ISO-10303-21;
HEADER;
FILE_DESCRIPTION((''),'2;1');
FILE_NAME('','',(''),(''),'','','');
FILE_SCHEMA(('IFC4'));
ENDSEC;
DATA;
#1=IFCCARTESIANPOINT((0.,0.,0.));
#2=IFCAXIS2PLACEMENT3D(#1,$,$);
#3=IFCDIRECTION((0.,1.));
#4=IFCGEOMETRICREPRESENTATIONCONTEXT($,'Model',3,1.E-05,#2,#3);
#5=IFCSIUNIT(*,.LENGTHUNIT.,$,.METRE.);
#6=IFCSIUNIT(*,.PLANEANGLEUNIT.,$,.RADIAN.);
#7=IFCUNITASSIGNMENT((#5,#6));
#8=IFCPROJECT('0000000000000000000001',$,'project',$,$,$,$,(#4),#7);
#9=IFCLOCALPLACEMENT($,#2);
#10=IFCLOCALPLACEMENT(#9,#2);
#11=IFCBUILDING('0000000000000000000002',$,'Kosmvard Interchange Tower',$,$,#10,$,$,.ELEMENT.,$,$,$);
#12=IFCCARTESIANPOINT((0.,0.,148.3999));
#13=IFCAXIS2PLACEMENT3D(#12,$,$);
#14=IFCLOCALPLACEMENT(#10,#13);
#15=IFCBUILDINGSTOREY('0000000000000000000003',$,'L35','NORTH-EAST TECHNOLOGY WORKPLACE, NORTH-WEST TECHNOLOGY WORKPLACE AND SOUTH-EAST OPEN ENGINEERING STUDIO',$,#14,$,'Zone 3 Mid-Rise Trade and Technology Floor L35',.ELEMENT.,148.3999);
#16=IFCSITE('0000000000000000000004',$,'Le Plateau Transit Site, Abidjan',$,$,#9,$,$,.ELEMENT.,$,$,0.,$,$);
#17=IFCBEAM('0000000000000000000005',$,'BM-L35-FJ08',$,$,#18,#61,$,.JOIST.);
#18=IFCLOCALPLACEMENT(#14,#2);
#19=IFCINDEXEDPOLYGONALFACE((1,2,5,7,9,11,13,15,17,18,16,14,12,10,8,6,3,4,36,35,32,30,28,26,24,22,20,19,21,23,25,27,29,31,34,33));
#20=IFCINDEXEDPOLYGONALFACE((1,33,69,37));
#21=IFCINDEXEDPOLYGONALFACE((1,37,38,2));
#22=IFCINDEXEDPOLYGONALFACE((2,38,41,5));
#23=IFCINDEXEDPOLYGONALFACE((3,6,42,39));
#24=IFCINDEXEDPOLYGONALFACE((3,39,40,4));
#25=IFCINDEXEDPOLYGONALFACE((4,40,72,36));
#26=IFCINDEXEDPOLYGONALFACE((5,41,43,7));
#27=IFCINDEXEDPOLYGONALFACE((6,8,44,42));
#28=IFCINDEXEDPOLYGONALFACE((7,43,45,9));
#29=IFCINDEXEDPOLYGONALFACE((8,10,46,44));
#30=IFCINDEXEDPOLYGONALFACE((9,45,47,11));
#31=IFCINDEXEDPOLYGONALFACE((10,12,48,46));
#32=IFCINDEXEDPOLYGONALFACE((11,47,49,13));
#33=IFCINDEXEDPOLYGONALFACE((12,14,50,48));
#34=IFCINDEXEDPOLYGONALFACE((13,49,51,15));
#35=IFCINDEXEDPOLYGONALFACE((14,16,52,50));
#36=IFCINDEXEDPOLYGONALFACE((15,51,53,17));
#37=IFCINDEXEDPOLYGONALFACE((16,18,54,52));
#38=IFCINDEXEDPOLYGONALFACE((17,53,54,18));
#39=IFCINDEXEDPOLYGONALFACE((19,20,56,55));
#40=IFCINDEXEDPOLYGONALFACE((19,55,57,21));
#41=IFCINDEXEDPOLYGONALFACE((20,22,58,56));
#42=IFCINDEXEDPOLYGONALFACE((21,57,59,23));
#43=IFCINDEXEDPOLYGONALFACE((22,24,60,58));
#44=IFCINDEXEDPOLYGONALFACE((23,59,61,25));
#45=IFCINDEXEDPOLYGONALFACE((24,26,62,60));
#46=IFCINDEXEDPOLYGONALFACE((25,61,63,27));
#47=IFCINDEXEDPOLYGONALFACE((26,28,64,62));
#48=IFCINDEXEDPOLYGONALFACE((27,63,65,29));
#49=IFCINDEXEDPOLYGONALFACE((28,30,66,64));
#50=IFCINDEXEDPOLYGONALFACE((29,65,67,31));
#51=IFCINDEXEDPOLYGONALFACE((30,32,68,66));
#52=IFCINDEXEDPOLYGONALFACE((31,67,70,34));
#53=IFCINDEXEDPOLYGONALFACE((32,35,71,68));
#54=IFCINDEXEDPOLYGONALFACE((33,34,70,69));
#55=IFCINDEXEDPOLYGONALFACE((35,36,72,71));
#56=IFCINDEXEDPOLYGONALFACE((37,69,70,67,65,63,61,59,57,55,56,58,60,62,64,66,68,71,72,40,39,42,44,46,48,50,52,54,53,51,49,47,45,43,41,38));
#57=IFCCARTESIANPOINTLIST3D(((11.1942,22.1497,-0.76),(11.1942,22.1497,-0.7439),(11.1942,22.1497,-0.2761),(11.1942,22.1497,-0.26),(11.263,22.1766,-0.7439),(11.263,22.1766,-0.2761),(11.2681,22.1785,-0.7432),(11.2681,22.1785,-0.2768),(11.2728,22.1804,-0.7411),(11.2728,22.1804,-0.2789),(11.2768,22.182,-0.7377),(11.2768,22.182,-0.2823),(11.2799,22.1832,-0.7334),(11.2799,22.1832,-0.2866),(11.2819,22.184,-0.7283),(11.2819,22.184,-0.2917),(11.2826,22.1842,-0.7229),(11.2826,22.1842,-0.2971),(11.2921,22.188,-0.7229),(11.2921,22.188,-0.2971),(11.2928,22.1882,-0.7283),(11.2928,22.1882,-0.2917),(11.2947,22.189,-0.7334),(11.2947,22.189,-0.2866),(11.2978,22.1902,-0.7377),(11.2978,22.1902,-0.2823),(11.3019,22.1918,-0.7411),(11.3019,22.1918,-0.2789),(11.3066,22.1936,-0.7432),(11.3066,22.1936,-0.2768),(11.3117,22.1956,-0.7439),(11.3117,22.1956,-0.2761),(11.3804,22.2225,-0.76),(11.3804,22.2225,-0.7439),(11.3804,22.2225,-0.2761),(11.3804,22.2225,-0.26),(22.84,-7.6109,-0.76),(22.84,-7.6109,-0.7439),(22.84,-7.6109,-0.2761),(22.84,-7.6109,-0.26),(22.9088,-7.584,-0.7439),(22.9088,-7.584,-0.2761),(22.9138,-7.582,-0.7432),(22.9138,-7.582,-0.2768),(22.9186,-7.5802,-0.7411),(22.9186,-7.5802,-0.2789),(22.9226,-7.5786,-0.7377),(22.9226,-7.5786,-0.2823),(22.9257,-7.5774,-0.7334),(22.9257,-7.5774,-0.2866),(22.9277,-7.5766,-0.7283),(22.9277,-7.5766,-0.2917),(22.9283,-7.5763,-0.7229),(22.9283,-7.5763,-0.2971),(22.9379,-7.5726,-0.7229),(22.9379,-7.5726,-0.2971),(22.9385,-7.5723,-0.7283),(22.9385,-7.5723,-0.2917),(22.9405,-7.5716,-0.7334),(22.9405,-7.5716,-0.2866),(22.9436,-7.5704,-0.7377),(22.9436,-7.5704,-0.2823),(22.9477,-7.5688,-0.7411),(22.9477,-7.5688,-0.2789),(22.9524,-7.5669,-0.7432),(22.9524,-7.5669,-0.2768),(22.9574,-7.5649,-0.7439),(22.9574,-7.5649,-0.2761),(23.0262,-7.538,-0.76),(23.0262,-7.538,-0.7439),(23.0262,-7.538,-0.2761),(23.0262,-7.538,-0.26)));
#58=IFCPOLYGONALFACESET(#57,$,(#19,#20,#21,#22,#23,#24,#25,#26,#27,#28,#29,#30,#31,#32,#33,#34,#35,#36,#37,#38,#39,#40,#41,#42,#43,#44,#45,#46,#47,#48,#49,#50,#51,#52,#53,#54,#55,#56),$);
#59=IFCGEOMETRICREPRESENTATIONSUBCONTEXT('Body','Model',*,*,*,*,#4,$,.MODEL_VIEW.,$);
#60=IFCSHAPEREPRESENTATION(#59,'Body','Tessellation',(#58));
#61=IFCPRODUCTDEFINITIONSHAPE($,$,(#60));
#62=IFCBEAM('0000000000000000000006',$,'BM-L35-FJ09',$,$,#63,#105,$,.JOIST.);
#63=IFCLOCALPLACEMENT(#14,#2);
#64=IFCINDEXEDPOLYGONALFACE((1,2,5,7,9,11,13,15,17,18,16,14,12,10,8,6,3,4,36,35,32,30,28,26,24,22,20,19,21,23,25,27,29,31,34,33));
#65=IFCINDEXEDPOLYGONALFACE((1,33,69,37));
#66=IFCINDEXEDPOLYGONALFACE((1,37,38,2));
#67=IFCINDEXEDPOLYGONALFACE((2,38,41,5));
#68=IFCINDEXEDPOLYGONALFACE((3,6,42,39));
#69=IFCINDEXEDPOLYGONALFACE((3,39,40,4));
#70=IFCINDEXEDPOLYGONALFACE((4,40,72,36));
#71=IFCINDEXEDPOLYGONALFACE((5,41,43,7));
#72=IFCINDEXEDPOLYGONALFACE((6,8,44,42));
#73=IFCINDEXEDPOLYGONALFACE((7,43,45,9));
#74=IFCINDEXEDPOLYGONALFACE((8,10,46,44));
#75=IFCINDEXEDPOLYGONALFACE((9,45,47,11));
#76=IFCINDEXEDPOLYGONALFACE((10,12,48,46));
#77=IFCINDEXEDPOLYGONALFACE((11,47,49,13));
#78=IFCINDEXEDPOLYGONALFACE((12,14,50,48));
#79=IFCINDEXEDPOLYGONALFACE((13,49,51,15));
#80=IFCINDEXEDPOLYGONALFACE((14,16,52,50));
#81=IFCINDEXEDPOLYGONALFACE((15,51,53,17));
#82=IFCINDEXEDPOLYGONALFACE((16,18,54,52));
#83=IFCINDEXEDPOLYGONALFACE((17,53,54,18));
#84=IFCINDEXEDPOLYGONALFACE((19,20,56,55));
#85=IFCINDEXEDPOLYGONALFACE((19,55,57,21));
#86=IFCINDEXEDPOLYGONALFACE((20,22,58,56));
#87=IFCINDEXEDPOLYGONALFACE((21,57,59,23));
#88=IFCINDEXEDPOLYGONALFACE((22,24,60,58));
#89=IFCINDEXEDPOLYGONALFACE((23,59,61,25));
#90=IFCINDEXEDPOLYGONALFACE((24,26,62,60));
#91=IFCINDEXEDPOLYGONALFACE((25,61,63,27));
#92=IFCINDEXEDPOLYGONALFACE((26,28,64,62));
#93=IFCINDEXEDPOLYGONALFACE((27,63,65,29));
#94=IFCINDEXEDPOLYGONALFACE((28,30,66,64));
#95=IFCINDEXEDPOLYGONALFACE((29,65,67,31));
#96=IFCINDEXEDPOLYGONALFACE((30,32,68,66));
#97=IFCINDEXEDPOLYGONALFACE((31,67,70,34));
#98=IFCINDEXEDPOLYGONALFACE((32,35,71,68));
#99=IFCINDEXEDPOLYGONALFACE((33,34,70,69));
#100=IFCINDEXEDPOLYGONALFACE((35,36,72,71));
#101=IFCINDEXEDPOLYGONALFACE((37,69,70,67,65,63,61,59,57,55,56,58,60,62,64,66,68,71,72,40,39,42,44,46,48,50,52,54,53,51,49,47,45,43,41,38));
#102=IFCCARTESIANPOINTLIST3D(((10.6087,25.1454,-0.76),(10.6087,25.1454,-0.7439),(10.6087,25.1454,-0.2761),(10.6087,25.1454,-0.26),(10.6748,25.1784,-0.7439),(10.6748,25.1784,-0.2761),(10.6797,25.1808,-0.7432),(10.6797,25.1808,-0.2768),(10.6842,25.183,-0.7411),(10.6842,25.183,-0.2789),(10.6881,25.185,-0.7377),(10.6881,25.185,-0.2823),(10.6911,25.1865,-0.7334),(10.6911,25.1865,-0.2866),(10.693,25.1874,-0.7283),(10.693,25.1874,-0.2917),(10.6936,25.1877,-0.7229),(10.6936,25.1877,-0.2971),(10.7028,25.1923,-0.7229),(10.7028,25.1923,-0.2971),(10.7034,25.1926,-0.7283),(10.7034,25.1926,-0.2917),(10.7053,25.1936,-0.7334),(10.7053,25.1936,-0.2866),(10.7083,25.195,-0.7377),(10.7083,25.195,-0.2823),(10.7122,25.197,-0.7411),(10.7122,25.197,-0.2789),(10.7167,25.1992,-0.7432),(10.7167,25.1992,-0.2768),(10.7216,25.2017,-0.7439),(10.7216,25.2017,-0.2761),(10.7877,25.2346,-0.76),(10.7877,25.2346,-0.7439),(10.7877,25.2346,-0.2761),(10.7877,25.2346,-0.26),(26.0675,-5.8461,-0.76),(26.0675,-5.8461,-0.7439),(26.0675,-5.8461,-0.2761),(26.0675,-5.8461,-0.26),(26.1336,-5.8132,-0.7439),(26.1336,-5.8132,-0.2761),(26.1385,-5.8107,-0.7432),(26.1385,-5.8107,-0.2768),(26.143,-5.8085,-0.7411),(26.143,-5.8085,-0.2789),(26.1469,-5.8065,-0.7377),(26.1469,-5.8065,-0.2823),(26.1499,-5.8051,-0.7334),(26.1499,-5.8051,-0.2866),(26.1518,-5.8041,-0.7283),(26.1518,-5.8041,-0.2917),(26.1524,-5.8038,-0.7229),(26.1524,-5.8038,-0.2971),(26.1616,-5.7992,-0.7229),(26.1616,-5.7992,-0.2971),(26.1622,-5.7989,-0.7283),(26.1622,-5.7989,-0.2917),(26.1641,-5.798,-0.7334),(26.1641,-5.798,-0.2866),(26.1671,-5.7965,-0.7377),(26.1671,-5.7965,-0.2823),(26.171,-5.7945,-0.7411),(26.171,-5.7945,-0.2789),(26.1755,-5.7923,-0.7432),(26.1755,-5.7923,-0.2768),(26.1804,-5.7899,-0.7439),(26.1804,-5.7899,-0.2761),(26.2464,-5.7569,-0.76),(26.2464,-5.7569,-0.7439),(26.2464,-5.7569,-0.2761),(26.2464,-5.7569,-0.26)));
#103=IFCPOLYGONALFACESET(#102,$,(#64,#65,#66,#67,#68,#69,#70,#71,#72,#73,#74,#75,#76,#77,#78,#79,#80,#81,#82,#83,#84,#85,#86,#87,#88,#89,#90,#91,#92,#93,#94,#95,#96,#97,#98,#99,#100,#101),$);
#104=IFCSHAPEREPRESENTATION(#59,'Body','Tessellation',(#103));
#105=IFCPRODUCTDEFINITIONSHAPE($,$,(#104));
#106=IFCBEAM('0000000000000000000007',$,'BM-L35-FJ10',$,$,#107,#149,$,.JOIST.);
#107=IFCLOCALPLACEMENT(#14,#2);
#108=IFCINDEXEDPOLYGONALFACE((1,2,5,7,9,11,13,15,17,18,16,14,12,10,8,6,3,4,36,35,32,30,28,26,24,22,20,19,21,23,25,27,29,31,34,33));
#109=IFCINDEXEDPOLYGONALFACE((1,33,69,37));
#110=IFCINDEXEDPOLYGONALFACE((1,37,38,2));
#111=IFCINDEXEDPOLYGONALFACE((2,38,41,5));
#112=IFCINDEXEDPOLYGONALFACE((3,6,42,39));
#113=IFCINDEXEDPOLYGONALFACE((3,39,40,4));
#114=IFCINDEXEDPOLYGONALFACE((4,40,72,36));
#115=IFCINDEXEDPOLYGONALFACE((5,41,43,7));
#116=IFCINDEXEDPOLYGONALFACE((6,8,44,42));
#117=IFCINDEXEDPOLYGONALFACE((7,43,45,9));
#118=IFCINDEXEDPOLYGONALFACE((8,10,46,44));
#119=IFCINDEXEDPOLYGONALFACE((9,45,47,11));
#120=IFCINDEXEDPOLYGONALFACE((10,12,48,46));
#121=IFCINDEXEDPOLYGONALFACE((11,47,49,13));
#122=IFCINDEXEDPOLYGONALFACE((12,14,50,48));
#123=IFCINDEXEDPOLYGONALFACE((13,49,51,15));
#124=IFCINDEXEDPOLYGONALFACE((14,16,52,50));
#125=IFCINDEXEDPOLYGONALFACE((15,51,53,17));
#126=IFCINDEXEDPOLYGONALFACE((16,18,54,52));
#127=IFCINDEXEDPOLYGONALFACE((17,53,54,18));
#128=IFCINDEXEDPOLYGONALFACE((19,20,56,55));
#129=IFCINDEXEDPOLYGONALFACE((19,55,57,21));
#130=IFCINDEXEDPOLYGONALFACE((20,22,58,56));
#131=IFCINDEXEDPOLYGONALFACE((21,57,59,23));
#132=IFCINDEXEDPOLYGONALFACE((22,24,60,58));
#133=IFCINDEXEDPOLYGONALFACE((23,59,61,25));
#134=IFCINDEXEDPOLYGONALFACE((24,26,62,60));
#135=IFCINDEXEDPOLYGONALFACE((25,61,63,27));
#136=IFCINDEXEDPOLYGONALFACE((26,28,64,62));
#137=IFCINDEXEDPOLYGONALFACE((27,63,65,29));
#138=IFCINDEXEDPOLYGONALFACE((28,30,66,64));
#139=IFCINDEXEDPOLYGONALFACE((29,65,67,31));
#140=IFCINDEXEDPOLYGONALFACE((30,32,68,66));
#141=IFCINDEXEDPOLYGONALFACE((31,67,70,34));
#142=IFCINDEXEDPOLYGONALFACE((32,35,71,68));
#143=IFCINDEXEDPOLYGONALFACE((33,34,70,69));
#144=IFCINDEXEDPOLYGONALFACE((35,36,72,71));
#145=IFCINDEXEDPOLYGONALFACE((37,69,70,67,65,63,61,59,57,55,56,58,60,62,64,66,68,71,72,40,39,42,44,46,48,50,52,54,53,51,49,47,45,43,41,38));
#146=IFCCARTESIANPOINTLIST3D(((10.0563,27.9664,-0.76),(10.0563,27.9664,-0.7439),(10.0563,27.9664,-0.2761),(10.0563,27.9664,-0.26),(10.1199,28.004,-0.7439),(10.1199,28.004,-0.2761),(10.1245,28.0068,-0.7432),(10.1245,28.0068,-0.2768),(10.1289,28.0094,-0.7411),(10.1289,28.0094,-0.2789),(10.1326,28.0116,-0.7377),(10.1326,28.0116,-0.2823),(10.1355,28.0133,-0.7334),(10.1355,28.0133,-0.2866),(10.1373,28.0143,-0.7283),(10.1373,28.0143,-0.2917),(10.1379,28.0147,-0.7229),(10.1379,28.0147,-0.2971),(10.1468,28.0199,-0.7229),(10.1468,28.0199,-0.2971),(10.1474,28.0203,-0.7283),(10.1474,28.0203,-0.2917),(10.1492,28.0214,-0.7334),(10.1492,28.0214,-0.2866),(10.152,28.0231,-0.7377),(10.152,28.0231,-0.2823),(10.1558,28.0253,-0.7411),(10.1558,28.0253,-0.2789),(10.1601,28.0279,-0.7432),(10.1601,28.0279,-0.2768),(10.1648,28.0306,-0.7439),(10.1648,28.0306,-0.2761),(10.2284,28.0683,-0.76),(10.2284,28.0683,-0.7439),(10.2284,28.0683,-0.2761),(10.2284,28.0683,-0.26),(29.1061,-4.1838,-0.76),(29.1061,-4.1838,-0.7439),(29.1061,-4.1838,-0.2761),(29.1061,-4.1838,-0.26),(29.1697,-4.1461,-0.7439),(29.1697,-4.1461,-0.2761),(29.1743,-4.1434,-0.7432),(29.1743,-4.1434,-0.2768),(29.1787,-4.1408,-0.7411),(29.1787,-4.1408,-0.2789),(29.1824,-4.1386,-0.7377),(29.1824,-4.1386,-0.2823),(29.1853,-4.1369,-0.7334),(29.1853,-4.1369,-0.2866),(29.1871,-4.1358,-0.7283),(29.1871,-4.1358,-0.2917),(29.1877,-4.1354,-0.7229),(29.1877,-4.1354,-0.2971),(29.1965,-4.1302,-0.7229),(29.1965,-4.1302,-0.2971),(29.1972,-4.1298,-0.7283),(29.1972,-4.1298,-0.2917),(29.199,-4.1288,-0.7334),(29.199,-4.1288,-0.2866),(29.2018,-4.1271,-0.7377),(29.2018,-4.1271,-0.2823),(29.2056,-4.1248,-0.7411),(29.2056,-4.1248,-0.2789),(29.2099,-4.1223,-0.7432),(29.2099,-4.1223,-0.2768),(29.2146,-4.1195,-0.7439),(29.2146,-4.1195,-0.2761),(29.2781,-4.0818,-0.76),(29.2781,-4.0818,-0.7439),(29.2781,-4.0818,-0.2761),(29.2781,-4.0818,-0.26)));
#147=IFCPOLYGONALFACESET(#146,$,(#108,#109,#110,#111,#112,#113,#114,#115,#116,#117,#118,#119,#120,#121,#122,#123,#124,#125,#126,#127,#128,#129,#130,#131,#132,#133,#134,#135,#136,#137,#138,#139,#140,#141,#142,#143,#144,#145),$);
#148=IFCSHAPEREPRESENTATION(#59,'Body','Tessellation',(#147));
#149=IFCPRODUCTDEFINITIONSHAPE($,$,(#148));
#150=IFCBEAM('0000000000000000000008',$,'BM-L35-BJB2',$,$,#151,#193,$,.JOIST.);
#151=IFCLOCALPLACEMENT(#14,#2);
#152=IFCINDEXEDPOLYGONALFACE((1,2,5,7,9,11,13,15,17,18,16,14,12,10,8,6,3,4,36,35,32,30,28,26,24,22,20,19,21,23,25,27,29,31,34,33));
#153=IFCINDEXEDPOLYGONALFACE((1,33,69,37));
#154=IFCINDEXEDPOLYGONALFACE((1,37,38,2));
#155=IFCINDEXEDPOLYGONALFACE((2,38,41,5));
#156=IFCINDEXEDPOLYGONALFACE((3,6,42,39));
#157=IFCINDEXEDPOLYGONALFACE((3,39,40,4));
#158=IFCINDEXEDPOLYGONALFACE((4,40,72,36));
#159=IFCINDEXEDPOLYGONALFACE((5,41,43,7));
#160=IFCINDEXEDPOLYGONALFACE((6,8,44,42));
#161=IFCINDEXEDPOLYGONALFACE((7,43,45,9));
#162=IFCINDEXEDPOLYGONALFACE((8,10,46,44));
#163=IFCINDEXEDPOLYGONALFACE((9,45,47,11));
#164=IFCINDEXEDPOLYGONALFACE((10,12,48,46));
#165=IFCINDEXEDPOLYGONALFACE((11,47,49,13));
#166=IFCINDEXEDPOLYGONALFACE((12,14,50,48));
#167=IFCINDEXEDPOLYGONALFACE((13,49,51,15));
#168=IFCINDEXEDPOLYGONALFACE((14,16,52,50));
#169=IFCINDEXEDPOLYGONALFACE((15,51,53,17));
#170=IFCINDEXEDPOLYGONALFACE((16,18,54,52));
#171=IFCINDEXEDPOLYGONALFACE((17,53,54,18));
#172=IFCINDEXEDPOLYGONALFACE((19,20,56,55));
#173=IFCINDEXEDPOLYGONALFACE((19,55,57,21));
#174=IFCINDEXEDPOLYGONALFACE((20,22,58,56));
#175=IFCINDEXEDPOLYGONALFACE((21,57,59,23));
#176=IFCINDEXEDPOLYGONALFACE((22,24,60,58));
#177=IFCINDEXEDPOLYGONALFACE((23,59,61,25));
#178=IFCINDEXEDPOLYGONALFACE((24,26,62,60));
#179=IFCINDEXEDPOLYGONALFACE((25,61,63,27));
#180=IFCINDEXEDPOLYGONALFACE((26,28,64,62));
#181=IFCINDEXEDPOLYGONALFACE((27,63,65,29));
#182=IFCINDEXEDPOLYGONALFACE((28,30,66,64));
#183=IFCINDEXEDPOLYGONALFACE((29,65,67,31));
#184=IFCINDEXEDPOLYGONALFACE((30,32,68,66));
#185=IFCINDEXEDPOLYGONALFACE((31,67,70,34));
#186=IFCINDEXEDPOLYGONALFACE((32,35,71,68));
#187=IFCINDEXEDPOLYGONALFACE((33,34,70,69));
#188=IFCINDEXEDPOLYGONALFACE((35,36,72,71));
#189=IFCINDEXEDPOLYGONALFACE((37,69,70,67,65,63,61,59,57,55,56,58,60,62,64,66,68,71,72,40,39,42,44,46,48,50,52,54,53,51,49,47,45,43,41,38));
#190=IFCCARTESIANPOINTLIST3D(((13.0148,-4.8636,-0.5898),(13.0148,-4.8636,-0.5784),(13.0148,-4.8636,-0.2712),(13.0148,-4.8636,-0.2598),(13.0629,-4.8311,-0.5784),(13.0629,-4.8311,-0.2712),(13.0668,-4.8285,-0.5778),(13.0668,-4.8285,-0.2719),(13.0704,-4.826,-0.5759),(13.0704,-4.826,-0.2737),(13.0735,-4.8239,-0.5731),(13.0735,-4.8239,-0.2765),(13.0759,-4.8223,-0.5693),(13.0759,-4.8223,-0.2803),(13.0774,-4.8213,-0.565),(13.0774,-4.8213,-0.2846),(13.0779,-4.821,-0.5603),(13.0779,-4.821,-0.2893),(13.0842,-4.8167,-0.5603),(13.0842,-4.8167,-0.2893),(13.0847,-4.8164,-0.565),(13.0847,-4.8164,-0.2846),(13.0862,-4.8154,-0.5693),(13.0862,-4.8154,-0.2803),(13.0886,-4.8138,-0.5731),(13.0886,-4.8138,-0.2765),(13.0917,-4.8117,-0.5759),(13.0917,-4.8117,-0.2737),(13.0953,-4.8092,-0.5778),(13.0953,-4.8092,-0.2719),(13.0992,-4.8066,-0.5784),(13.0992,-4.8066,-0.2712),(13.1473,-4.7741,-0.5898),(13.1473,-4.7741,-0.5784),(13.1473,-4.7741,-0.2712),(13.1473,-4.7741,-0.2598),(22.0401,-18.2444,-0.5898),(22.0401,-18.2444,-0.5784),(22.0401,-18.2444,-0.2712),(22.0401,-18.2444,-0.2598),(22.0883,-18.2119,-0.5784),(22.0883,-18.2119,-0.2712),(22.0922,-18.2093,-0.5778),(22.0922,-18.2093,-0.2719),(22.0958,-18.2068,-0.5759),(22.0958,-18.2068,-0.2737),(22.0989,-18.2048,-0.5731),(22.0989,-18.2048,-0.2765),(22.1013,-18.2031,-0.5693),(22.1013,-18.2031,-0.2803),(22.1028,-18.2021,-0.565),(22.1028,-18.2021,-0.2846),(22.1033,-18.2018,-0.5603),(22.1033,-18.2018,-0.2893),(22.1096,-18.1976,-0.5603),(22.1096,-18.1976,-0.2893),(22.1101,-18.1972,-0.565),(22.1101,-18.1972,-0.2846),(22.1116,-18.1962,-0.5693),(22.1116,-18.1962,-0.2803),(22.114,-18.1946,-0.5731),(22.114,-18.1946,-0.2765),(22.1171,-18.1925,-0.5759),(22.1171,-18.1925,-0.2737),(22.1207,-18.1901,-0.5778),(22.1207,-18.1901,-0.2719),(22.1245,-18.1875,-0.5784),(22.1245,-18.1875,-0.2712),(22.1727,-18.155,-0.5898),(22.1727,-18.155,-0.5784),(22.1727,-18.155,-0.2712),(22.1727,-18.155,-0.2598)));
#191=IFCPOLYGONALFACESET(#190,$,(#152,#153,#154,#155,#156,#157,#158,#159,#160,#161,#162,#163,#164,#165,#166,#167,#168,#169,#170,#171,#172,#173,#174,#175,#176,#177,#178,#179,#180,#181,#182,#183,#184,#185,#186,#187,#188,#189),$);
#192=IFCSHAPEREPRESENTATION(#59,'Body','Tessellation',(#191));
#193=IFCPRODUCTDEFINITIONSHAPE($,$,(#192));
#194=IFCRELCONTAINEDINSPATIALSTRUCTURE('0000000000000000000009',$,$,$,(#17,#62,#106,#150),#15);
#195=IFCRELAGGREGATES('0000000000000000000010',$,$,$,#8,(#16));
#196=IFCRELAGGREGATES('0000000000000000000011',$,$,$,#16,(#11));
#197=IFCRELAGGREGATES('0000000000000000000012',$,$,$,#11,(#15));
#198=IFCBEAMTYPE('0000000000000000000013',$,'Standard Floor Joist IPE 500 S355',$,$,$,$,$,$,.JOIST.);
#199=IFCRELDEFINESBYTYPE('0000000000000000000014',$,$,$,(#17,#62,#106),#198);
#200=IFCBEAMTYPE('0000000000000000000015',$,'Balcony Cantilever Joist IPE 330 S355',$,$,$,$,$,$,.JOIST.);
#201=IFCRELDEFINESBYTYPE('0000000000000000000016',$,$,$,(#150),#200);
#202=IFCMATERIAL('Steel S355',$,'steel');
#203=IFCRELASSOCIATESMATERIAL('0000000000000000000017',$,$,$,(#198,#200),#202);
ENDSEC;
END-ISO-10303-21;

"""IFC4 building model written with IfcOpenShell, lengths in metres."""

from ifc_helpers import new_model, si_unit, direction, frame, origin, origin_2d, place, context, subcontext, project, spatial, i_section, extrude, source, transform, mapped, material, material_profile, profile_set, type_object, element, save


model = new_model("IFC4")

# Units and contexts
model_context = context("Model", 3, precision=1e-05, world=origin(), true_north=direction((0.0, 1.0)))
body_context = subcontext(model_context, "Body", "Model", "MODEL_VIEW")
ifc_project = project(units=[si_unit("LENGTHUNIT", "METRE"), si_unit("PLANEANGLEUNIT", "RADIAN")], contexts=[model_context])

# Site, building, storey
site_placement = place(None, origin())
site = spatial("IfcSite", under=ifc_project, at=site_placement, Name="Le Plateau Transit Site, Abidjan", CompositionType="ELEMENT", RefElevation=0.0)
building_placement = place(site_placement, origin())
building = spatial("IfcBuilding", under=site, at=building_placement, Name="Kosmvard Interchange Tower", CompositionType="ELEMENT")
storey_placement = place(building_placement, frame((0.0, 0.0, 148.3999)))
storey = spatial("IfcBuildingStorey", under=building, at=storey_placement, Name="L35", Description="NORTH-EAST TECHNOLOGY WORKPLACE, NORTH-WEST TECHNOLOGY WORKPLACE AND SOUTH-EAST OPEN ENGINEERING STUDIO", LongName="Zone 3 Mid-Rise Trade and Technology Floor L35", CompositionType="ELEMENT", Elevation=148.3999)

# Beams
ifc_material_1 = material(Name="Steel S355", Category="steel")
ifc_material_profile_1 = material_profile(ifc_material_1, i_section(OverallWidth=0.2, OverallDepth=0.5, WebThickness=0.0103, FlangeThickness=0.0161, FilletRadius=0.021, at=origin_2d()), Name="IPE 500")
ifc_profile_set_1 = profile_set([ifc_material_profile_1], Name="Steel S355")
beam_type_1 = type_object("IfcBeamType", Name="Standard Floor Joist IPE 500 S355", PredefinedType="JOIST", material=ifc_profile_set_1)
shared_shape_1 = source(origin(), body_context, "Body", "SweptSolid", [
    extrude(i_section(OverallWidth=0.2, OverallDepth=0.5, WebThickness=0.0103, FlangeThickness=0.0161, FilletRadius=0.021, at=origin_2d()), origin(), (0.0, 0.0, 1.0), 31.958),
])
beam_1_placement = place(storey_placement, frame((22.9331, -7.5745, -0.51), z_axis=(-0.364409, 0.931239, 0.0), x_axis=(-0.931239, -0.364409, 0.0)))
element("IfcBeam", 1, at=beam_1_placement, inside=storey, type_object=beam_type_1, Name="BM-L35-FJ08", PredefinedType="JOIST", context=body_context, shape_type="MappedRepresentation", body=[
    mapped(shared_shape_1, transform((0.0, 0.0, 0.0), scale=1.0)),
])
shared_shape_2 = source(origin(), body_context, "Body", "SweptSolid", [
    extrude(i_section(OverallWidth=0.2, OverallDepth=0.5, WebThickness=0.0103, FlangeThickness=0.0161, FilletRadius=0.021, at=origin_2d()), origin(), (0.0, 0.0, 1.0), 34.6331),
])
beam_2_placement = place(storey_placement, frame((26.157, -5.8015, -0.51), z_axis=(-0.446359, 0.894854, 0.0), x_axis=(-0.894854, -0.446359, 0.0)))
element("IfcBeam", 2, at=beam_2_placement, inside=storey, type_object=beam_type_1, Name="BM-L35-FJ09", PredefinedType="JOIST", context=body_context, shape_type="MappedRepresentation", body=[
    mapped(shared_shape_2, transform((0.0, 0.0, 0.0), scale=1.0)),
])
shared_shape_3 = source(origin(), body_context, "Body", "SweptSolid", [
    extrude(i_section(OverallWidth=0.2, OverallDepth=0.5, WebThickness=0.0103, FlangeThickness=0.0161, FilletRadius=0.021, at=origin_2d()), origin(), (0.0, 0.0, 1.0), 37.3701),
])
beam_3_placement = place(storey_placement, frame((29.1921, -4.1328, -0.51), z_axis=(-0.50976, 0.860317, 0.0), x_axis=(-0.860317, -0.50976, 0.0)))
element("IfcBeam", 3, at=beam_3_placement, inside=storey, type_object=beam_type_1, Name="BM-L35-FJ10", PredefinedType="JOIST", context=body_context, shape_type="MappedRepresentation", body=[
    mapped(shared_shape_3, transform((0.0, 0.0, 0.0), scale=1.0)),
])
ifc_material_profile_2 = material_profile(ifc_material_1, i_section(OverallWidth=0.1599, OverallDepth=0.3301, WebThickness=0.0076, FlangeThickness=0.0115, FilletRadius=0.0181, at=origin_2d()), Name="IPE 330")
ifc_profile_set_2 = profile_set([ifc_material_profile_2], Name="Steel S355")
beam_type_2 = type_object("IfcBeamType", Name="Balcony Cantilever Joist IPE 330 S355", PredefinedType="JOIST", material=ifc_profile_set_2)
shared_shape_4 = source(origin(), body_context, "Body", "SweptSolid", [
    extrude(i_section(OverallWidth=0.1599, OverallDepth=0.3301, WebThickness=0.0076, FlangeThickness=0.0115, FilletRadius=0.0181, at=origin_2d()), origin(), (0.0, 0.0, 1.0), 16.1401),
])
beam_4_placement = place(storey_placement, frame((13.0811, -4.8188, -0.4248), z_axis=(0.559188, -0.829041, 0.0), x_axis=(0.829041, 0.559188, 0.0)))
element("IfcBeam", 4, at=beam_4_placement, inside=storey, type_object=beam_type_2, Name="BM-L35-BJB2", PredefinedType="JOIST", context=body_context, shape_type="MappedRepresentation", body=[
    mapped(shared_shape_4, transform((0.0, 0.0, 0.0), scale=1.0)),
])

save(model, "model.ifc")
